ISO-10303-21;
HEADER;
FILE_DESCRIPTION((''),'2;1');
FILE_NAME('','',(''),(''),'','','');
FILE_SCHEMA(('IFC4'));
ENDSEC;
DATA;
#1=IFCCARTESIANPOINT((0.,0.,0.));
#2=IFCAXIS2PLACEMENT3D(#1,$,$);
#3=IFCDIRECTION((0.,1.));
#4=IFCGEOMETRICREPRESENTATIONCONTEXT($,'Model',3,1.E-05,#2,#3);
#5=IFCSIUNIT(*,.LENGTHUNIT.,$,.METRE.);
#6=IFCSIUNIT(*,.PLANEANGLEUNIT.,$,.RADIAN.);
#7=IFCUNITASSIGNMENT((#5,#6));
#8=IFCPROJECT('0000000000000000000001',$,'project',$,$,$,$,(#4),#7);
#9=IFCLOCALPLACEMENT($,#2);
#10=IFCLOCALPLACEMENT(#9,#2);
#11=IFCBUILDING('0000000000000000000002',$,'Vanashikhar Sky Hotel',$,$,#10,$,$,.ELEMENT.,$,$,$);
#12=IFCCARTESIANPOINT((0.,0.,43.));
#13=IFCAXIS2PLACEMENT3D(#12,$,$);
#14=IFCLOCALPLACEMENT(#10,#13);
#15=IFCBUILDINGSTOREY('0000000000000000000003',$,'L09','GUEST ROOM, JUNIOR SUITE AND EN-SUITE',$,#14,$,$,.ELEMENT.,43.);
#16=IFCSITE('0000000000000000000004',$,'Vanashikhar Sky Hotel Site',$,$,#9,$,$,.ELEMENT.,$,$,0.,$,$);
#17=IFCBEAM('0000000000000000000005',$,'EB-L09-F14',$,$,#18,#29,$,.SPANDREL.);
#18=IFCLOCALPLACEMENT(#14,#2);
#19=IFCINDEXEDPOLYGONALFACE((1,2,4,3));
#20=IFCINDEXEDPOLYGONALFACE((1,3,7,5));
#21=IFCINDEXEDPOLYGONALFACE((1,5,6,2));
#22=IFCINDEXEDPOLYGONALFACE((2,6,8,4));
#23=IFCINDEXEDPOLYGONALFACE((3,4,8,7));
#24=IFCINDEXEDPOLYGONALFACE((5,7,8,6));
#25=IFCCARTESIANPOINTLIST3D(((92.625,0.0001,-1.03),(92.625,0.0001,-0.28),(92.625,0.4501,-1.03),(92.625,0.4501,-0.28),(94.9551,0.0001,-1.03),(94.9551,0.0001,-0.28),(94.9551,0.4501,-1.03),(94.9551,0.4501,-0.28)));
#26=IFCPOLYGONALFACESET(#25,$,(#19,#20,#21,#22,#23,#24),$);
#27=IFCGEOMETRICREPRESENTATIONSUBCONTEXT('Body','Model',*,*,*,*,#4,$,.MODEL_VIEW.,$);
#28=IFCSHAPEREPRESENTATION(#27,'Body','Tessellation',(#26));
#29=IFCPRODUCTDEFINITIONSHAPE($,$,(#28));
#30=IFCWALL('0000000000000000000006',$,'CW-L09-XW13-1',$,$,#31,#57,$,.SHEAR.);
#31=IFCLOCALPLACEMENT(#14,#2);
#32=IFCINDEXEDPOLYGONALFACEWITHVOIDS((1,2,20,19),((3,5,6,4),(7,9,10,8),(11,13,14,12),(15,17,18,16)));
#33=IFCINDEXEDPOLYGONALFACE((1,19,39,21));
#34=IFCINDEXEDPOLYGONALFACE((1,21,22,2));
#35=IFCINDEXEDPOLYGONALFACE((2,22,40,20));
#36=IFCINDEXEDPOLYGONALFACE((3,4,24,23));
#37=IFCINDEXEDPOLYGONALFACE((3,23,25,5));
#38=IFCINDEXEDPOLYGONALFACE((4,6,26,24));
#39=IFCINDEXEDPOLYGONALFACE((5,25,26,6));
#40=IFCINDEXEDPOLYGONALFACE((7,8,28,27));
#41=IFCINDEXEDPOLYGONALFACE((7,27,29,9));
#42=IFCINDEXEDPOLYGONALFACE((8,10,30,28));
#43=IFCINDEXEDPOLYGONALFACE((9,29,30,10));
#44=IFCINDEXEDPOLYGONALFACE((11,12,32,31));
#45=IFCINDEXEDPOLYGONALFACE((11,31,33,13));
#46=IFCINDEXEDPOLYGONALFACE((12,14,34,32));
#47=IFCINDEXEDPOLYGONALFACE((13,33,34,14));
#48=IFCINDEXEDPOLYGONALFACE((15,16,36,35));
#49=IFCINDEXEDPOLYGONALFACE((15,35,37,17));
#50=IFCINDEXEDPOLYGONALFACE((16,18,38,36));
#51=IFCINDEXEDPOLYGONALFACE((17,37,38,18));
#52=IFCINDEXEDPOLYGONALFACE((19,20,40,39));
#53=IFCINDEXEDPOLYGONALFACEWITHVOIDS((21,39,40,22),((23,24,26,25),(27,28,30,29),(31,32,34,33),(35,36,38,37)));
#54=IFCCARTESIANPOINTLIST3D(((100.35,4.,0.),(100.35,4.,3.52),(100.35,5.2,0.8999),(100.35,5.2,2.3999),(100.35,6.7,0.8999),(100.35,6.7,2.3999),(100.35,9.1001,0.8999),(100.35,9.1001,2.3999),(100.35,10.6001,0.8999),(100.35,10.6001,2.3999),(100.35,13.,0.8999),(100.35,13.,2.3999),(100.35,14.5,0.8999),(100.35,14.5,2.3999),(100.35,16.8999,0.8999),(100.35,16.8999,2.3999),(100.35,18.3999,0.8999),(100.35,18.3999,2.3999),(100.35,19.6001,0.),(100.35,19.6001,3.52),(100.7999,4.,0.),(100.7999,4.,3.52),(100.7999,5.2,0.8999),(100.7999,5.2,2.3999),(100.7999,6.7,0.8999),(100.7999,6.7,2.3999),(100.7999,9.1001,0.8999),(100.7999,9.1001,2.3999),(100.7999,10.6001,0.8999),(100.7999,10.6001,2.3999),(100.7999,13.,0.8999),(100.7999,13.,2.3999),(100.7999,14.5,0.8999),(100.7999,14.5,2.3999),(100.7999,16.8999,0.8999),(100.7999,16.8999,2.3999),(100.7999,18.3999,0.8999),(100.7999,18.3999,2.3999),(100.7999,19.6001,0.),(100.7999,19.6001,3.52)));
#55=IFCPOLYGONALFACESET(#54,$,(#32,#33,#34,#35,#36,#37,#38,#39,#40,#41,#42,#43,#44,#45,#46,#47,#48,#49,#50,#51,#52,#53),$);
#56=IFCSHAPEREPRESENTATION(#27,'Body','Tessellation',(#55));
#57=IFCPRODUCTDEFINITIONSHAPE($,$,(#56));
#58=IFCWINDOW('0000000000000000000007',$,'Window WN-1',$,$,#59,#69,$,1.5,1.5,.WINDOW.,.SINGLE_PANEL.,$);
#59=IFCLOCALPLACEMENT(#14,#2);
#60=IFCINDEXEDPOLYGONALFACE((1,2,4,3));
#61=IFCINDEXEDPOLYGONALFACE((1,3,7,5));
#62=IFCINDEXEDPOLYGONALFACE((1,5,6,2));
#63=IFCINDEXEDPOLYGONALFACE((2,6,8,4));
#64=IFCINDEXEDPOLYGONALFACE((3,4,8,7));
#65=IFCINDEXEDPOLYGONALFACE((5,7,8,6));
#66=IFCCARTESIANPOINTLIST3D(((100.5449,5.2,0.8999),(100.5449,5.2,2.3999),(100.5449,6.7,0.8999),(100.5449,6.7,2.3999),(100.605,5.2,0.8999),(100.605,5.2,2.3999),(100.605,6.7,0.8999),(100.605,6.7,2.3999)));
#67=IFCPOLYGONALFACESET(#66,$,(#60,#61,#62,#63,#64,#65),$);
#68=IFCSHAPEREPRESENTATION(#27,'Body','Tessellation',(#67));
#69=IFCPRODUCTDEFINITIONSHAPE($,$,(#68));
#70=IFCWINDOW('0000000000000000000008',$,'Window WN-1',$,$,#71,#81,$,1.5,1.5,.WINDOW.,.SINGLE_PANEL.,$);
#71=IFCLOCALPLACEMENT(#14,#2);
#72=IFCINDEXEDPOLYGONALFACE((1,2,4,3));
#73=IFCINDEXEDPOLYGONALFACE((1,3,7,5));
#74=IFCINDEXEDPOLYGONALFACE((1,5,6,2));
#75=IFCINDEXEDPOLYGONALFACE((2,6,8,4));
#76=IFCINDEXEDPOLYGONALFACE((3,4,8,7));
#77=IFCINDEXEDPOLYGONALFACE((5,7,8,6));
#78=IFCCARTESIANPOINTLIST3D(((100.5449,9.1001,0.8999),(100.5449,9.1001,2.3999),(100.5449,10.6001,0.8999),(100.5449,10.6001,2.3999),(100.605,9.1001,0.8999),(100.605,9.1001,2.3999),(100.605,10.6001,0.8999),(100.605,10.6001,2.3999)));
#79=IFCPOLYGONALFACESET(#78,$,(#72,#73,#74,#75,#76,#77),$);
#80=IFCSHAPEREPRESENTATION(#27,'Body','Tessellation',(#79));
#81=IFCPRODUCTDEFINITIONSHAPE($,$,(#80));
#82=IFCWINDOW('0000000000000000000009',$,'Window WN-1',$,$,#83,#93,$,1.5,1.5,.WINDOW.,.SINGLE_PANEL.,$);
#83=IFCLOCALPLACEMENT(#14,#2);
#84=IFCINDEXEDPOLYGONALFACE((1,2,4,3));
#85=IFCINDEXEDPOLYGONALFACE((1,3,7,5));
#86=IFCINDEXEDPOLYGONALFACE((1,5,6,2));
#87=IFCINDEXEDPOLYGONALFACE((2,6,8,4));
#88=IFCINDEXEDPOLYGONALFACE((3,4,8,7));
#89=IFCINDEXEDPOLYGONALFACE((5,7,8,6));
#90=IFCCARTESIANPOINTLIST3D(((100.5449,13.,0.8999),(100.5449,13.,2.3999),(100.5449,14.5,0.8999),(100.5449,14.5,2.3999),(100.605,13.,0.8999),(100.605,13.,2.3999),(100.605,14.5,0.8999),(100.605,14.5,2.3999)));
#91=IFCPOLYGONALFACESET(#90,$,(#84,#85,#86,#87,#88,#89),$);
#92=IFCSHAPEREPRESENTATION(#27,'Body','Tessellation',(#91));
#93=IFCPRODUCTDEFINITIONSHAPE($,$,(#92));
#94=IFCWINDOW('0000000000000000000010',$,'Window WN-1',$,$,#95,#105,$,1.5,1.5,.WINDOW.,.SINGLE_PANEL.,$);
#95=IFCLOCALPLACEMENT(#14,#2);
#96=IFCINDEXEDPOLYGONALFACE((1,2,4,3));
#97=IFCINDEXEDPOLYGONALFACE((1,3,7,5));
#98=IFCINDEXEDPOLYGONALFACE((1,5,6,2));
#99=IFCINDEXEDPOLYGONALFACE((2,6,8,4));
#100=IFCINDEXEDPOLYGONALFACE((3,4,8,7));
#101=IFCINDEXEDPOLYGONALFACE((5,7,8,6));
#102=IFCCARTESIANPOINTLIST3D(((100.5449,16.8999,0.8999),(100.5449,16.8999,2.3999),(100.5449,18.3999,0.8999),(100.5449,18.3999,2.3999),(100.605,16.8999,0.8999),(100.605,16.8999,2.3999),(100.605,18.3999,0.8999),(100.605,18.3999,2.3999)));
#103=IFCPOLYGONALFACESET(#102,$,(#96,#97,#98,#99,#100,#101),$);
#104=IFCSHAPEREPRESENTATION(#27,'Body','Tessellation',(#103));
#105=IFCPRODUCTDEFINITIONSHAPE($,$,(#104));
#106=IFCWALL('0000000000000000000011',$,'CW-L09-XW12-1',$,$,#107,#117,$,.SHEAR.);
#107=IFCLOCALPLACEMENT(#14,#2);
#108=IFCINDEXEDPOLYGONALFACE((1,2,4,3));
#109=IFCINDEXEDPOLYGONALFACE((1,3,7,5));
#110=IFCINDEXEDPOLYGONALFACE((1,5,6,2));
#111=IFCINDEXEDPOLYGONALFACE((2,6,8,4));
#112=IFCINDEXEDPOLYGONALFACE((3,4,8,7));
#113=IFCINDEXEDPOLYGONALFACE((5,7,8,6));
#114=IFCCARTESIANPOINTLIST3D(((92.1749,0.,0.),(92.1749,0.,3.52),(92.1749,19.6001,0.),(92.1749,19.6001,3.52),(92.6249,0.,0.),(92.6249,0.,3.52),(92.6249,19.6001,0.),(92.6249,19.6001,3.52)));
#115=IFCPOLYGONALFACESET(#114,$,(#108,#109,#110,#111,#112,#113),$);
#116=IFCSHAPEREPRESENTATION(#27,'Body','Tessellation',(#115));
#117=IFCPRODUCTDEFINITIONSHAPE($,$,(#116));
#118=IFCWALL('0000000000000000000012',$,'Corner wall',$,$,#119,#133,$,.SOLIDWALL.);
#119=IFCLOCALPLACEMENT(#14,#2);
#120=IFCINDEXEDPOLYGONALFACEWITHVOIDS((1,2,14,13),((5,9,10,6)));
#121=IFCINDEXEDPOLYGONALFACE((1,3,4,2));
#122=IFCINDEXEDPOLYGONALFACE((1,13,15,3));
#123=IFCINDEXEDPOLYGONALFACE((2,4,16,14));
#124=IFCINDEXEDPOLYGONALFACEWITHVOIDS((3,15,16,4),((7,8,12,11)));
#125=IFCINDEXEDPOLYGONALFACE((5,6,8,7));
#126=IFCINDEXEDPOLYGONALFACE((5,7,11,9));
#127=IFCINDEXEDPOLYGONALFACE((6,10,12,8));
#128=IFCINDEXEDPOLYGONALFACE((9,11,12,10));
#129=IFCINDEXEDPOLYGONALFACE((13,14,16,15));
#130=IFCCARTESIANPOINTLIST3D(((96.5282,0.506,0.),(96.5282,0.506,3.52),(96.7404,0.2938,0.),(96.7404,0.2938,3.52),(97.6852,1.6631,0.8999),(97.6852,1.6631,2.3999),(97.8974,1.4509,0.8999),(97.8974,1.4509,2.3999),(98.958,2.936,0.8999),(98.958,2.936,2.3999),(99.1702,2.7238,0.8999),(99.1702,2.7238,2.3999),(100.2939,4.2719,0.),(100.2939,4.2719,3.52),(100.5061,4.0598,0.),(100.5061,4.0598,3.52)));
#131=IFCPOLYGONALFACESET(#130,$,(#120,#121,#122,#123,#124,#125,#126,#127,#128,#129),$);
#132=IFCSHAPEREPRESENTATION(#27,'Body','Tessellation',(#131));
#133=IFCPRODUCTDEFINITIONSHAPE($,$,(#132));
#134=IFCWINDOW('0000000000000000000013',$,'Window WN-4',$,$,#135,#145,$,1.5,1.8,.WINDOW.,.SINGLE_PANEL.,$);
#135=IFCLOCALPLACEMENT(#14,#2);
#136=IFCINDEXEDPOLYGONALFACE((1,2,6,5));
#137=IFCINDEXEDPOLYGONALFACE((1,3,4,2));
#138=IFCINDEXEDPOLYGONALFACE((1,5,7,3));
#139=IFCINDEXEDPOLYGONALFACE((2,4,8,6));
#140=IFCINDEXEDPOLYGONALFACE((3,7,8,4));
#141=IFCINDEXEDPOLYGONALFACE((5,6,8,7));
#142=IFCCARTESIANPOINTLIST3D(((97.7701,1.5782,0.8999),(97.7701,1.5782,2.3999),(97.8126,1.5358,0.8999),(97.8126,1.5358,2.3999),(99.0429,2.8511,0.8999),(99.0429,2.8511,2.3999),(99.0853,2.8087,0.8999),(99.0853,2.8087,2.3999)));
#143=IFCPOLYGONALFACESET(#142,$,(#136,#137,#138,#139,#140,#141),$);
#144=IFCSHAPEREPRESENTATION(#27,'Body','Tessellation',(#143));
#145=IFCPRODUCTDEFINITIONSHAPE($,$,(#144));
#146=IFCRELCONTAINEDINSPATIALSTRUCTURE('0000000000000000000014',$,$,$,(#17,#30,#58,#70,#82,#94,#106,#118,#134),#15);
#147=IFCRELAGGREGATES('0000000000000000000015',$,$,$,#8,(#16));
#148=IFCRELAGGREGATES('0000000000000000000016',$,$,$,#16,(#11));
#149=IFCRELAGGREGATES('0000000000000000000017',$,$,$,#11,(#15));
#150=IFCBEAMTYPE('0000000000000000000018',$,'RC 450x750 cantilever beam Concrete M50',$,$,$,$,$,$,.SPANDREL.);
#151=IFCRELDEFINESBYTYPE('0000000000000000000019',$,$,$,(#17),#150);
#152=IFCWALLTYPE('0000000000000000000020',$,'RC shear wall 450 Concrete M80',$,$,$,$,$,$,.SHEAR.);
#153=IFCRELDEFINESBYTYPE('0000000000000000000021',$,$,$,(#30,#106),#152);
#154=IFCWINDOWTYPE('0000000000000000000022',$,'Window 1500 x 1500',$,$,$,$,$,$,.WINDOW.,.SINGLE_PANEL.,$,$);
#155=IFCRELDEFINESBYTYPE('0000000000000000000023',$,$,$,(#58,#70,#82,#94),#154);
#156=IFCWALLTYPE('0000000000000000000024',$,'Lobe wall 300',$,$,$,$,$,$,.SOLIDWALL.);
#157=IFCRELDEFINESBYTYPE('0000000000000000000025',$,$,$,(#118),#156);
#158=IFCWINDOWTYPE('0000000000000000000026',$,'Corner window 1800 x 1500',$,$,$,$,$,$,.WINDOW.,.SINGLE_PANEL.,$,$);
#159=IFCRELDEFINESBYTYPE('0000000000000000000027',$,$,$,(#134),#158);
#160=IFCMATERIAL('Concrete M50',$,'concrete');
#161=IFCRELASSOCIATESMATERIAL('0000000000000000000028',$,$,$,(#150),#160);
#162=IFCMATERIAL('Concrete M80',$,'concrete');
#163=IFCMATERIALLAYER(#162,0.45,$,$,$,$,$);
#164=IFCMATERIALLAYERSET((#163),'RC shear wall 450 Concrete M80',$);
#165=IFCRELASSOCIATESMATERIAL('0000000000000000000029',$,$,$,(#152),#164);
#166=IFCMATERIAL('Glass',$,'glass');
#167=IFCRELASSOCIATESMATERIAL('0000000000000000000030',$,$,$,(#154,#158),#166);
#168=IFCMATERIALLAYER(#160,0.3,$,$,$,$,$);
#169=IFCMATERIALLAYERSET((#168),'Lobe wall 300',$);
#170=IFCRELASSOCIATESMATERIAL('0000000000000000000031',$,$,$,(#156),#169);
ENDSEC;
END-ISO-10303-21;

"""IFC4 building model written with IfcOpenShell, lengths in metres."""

from ifc_helpers import new_model, si_unit, direction, frame, frame_2d, origin, origin_2d, place, context, subcontext, project, spatial, rectangle, extrude, source, transform, mapped, material, layer, layer_set, material_profile, profile_set, type_object, element, fill, save


model = new_model("IFC4")

# Units and contexts
model_context = context("Model", 3, precision=1e-05, world=origin(), true_north=direction((0.0, 1.0)))
body_context = subcontext(model_context, "Body", "Model", "MODEL_VIEW")
ifc_project = project(units=[si_unit("LENGTHUNIT", "METRE"), si_unit("PLANEANGLEUNIT", "RADIAN")], contexts=[model_context])

# Site, building, storey
site_placement = place(None, origin())
site = spatial("IfcSite", under=ifc_project, at=site_placement, Name="Vanashikhar Sky Hotel Site", CompositionType="ELEMENT", RefElevation=0.0)
building_placement = place(site_placement, origin())
building = spatial("IfcBuilding", under=site, at=building_placement, Name="Vanashikhar Sky Hotel", CompositionType="ELEMENT")
storey_placement = place(building_placement, frame((0.0, 0.0, 43.0)))
storey = spatial("IfcBuildingStorey", under=building, at=storey_placement, Name="L09", Description="GUEST ROOM, JUNIOR SUITE AND EN-SUITE", CompositionType="ELEMENT", Elevation=43.0)

# Beam
ifc_material_1 = material(Name="Concrete M50", Category="concrete")
ifc_material_profile = material_profile(ifc_material_1, rectangle(XDim=0.45, YDim=0.75, at=origin_2d()))
ifc_profile_set = profile_set([ifc_material_profile], Name="RC 450x750 cantilever beam Concrete M50")
beam_type = type_object("IfcBeamType", Name="RC 450x750 cantilever beam Concrete M50", PredefinedType="SPANDREL", material=ifc_profile_set)
shared_shape_1 = source(origin(), body_context, "Body", "SweptSolid", [
    extrude(rectangle(XDim=0.45, YDim=0.75, at=origin_2d()), origin(), (0.0, 0.0, 1.0), 2.3301),
])
beam_placement = place(storey_placement, frame((92.625, 0.2251, -0.655), z_axis=(1.0, 0.0, 0.0), x_axis=(0.0, 1.0, 0.0)))
element("IfcBeam", 1, at=beam_placement, inside=storey, type_object=beam_type, Name="EB-L09-F14", PredefinedType="SPANDREL", context=body_context, shape_type="MappedRepresentation", body=[
    mapped(shared_shape_1, transform((0.0, 0.0, 0.0), scale=1.0)),
])

# Wall, openings, windows
ifc_material_2 = material(Name="Concrete M80", Category="concrete")
ifc_layer_1 = layer(ifc_material_2, 0.45)
ifc_layer_set_1 = layer_set([ifc_layer_1], Name="RC shear wall 450 Concrete M80")
wall_type_1 = type_object("IfcWallType", Name="RC shear wall 450 Concrete M80", PredefinedType="SHEAR", material=ifc_layer_set_1)
shared_shape_2 = source(origin(), body_context, "Body", "SweptSolid", [
    extrude(rectangle(XDim=15.6001, YDim=0.45, at=frame_2d((7.8, 0.0))), origin(), (0.0, 0.0, 1.0), 3.52),
])
wall_1_placement = place(storey_placement, frame((100.575, 4.0, 0.0), z_axis=(0.0, 0.0, 1.0), x_axis=(0.0, 1.0, 0.0)))
wall_1 = element("IfcWall", 2, at=wall_1_placement, inside=storey, type_object=wall_type_1, Name="CW-L09-XW13-1", PredefinedType="SHEAR", context=body_context, shape_type="MappedRepresentation", body=[
    mapped(shared_shape_2, transform((0.0, 0.0, 0.0), scale=1.0)),
])
shared_shape_3 = source(origin(), body_context, "Body", "SweptSolid", [
    extrude(rectangle(XDim=1.5, YDim=1.5, at=frame_2d((0.75, 0.75))), frame((0.0, 0.2349, 0.0), z_axis=(0.0, -1.0, 0.0), x_axis=(1.0, 0.0, 0.0)), (0.0, 0.0, 1.0), 0.47),
])
opening_1_placement = place(wall_1_placement, frame((1.2, 0.0, 0.8999)))
opening_1 = element("IfcOpeningElement", 3, at=opening_1_placement, cuts=wall_1, PredefinedType="OPENING", context=body_context, shape_type="MappedRepresentation", body=[
    mapped(shared_shape_3, transform((0.0, 0.0, 0.0), scale=1.0)),
])
opening_2_placement = place(wall_1_placement, frame((5.1001, 0.0, 0.8999)))
opening_2 = element("IfcOpeningElement", 4, at=opening_2_placement, cuts=wall_1, PredefinedType="OPENING", context=body_context, shape_type="MappedRepresentation", body=[
    mapped(shared_shape_3, transform((0.0, 0.0, 0.0), scale=1.0)),
])
opening_3_placement = place(wall_1_placement, frame((9.0, 0.0, 0.8999)))
opening_3 = element("IfcOpeningElement", 5, at=opening_3_placement, cuts=wall_1, PredefinedType="OPENING", context=body_context, shape_type="MappedRepresentation", body=[
    mapped(shared_shape_3, transform((0.0, 0.0, 0.0), scale=1.0)),
])
opening_4_placement = place(wall_1_placement, frame((12.8999, 0.0, 0.8999)))
opening_4 = element("IfcOpeningElement", 6, at=opening_4_placement, cuts=wall_1, PredefinedType="OPENING", context=body_context, shape_type="MappedRepresentation", body=[
    mapped(shared_shape_3, transform((0.0, 0.0, 0.0), scale=1.0)),
])
ifc_material_3 = material(Name="Glass", Category="glass")
window_type_1 = type_object("IfcWindowType", Name="Window 1500 x 1500", PartitioningType="SINGLE_PANEL", PredefinedType="WINDOW", material=ifc_material_3)
shared_shape_4 = source(origin(), body_context, "Body", "SweptSolid", [
    extrude(rectangle(XDim=1.5, YDim=1.5, at=frame_2d((0.75, 0.75))), frame((0.0, 0.03, 0.0), z_axis=(0.0, -1.0, 0.0), x_axis=(1.0, 0.0, 0.0)), (0.0, 0.0, 1.0), 0.0601),
])
window_1_placement = place(opening_1_placement, origin())
window_1 = element("IfcWindow", 7, at=window_1_placement, inside=storey, type_object=window_type_1, Name="Window WN-1", OverallHeight=1.5, OverallWidth=1.5, PartitioningType="SINGLE_PANEL", PredefinedType="WINDOW", context=body_context, shape_type="MappedRepresentation", body=[
    mapped(shared_shape_4, transform((0.0, 0.0, 0.0), scale=1.0)),
])
fill(opening_1, window_1)
window_2_placement = place(opening_2_placement, origin())
window_2 = element("IfcWindow", 8, at=window_2_placement, inside=storey, type_object=window_type_1, Name="Window WN-1", OverallHeight=1.5, OverallWidth=1.5, PartitioningType="SINGLE_PANEL", PredefinedType="WINDOW", context=body_context, shape_type="MappedRepresentation", body=[
    mapped(shared_shape_4, transform((0.0, 0.0, 0.0), scale=1.0)),
])
fill(opening_2, window_2)
window_3_placement = place(opening_3_placement, origin())
window_3 = element("IfcWindow", 9, at=window_3_placement, inside=storey, type_object=window_type_1, Name="Window WN-1", OverallHeight=1.5, OverallWidth=1.5, PartitioningType="SINGLE_PANEL", PredefinedType="WINDOW", context=body_context, shape_type="MappedRepresentation", body=[
    mapped(shared_shape_4, transform((0.0, 0.0, 0.0), scale=1.0)),
])
fill(opening_3, window_3)
window_4_placement = place(opening_4_placement, origin())
window_4 = element("IfcWindow", 10, at=window_4_placement, inside=storey, type_object=window_type_1, Name="Window WN-1", OverallHeight=1.5, OverallWidth=1.5, PartitioningType="SINGLE_PANEL", PredefinedType="WINDOW", context=body_context, shape_type="MappedRepresentation", body=[
    mapped(shared_shape_4, transform((0.0, 0.0, 0.0), scale=1.0)),
])
fill(opening_4, window_4)

# Wall
shared_shape_5 = source(origin(), body_context, "Body", "SweptSolid", [
    extrude(rectangle(XDim=19.6001, YDim=0.45, at=frame_2d((9.8, 0.0))), origin(), (0.0, 0.0, 1.0), 3.52),
])
wall_2_placement = place(storey_placement, frame((92.3999, 0.0, 0.0), z_axis=(0.0, 0.0, 1.0), x_axis=(0.0, 1.0, 0.0)))
element("IfcWall", 11, at=wall_2_placement, inside=storey, type_object=wall_type_1, Name="CW-L09-XW12-1", PredefinedType="SHEAR", context=body_context, shape_type="MappedRepresentation", body=[
    mapped(shared_shape_5, transform((0.0, 0.0, 0.0), scale=1.0)),
])

# Wall, opening, window
ifc_layer_2 = layer(ifc_material_1, 0.3)
ifc_layer_set_2 = layer_set([ifc_layer_2], Name="Lobe wall 300")
wall_type_2 = type_object("IfcWallType", Name="Lobe wall 300", PredefinedType="SOLIDWALL", material=ifc_layer_set_2)
shared_shape_6 = source(origin(), body_context, "Body", "SweptSolid", [
    extrude(rectangle(XDim=5.3257, YDim=0.3, at=frame_2d((2.6628, 0.0))), origin(), (0.0, 0.0, 1.0), 3.52),
])
wall_3_placement = place(storey_placement, frame((96.6343, 0.3999, 0.0), z_axis=(0.0, 0.0, 1.0), x_axis=(0.707084, 0.70713, 0.0)))
wall_3 = element("IfcWall", 12, at=wall_3_placement, inside=storey, type_object=wall_type_2, Name="Corner wall", PredefinedType="SOLIDWALL", context=body_context, shape_type="MappedRepresentation", body=[
    mapped(shared_shape_6, transform((0.0, 0.0, 0.0), scale=1.0)),
])
shared_shape_7 = source(origin(), body_context, "Body", "SweptSolid", [
    extrude(rectangle(XDim=1.8, YDim=1.5, at=frame_2d((0.8999, 0.75))), frame((0.0, 0.1602, 0.0), z_axis=(0.0, -1.0, 0.0), x_axis=(1.0, 0.0, 0.0)), (0.0, 0.0, 1.0), 0.3201),
])
opening_5_placement = place(wall_3_placement, frame((1.6365, 0.0, 0.8999)))
opening_5 = element("IfcOpeningElement", 13, at=opening_5_placement, cuts=wall_3, PredefinedType="OPENING", context=body_context, shape_type="MappedRepresentation", body=[
    mapped(shared_shape_7, transform((0.0, 0.0, 0.0), scale=1.0)),
])
window_type_2 = type_object("IfcWindowType", Name="Corner window 1800 x 1500", PartitioningType="SINGLE_PANEL", PredefinedType="WINDOW", material=ifc_material_3)
shared_shape_8 = source(origin(), body_context, "Body", "SweptSolid", [
    extrude(rectangle(XDim=1.8, YDim=1.5, at=frame_2d((0.8999, 0.75))), frame((0.0, 0.03, 0.0), z_axis=(0.0, -1.0, 0.0), x_axis=(1.0, 0.0, 0.0)), (0.0, 0.0, 1.0), 0.0601),
])
window_5_placement = place(opening_5_placement, origin())
window_5 = element("IfcWindow", 14, at=window_5_placement, inside=storey, type_object=window_type_2, Name="Window WN-4", OverallHeight=1.5, OverallWidth=1.8, PartitioningType="SINGLE_PANEL", PredefinedType="WINDOW", context=body_context, shape_type="MappedRepresentation", body=[
    mapped(shared_shape_8, transform((0.0, 0.0, 0.0), scale=1.0)),
])
fill(opening_5, window_5)

save(model, "model.ifc")
